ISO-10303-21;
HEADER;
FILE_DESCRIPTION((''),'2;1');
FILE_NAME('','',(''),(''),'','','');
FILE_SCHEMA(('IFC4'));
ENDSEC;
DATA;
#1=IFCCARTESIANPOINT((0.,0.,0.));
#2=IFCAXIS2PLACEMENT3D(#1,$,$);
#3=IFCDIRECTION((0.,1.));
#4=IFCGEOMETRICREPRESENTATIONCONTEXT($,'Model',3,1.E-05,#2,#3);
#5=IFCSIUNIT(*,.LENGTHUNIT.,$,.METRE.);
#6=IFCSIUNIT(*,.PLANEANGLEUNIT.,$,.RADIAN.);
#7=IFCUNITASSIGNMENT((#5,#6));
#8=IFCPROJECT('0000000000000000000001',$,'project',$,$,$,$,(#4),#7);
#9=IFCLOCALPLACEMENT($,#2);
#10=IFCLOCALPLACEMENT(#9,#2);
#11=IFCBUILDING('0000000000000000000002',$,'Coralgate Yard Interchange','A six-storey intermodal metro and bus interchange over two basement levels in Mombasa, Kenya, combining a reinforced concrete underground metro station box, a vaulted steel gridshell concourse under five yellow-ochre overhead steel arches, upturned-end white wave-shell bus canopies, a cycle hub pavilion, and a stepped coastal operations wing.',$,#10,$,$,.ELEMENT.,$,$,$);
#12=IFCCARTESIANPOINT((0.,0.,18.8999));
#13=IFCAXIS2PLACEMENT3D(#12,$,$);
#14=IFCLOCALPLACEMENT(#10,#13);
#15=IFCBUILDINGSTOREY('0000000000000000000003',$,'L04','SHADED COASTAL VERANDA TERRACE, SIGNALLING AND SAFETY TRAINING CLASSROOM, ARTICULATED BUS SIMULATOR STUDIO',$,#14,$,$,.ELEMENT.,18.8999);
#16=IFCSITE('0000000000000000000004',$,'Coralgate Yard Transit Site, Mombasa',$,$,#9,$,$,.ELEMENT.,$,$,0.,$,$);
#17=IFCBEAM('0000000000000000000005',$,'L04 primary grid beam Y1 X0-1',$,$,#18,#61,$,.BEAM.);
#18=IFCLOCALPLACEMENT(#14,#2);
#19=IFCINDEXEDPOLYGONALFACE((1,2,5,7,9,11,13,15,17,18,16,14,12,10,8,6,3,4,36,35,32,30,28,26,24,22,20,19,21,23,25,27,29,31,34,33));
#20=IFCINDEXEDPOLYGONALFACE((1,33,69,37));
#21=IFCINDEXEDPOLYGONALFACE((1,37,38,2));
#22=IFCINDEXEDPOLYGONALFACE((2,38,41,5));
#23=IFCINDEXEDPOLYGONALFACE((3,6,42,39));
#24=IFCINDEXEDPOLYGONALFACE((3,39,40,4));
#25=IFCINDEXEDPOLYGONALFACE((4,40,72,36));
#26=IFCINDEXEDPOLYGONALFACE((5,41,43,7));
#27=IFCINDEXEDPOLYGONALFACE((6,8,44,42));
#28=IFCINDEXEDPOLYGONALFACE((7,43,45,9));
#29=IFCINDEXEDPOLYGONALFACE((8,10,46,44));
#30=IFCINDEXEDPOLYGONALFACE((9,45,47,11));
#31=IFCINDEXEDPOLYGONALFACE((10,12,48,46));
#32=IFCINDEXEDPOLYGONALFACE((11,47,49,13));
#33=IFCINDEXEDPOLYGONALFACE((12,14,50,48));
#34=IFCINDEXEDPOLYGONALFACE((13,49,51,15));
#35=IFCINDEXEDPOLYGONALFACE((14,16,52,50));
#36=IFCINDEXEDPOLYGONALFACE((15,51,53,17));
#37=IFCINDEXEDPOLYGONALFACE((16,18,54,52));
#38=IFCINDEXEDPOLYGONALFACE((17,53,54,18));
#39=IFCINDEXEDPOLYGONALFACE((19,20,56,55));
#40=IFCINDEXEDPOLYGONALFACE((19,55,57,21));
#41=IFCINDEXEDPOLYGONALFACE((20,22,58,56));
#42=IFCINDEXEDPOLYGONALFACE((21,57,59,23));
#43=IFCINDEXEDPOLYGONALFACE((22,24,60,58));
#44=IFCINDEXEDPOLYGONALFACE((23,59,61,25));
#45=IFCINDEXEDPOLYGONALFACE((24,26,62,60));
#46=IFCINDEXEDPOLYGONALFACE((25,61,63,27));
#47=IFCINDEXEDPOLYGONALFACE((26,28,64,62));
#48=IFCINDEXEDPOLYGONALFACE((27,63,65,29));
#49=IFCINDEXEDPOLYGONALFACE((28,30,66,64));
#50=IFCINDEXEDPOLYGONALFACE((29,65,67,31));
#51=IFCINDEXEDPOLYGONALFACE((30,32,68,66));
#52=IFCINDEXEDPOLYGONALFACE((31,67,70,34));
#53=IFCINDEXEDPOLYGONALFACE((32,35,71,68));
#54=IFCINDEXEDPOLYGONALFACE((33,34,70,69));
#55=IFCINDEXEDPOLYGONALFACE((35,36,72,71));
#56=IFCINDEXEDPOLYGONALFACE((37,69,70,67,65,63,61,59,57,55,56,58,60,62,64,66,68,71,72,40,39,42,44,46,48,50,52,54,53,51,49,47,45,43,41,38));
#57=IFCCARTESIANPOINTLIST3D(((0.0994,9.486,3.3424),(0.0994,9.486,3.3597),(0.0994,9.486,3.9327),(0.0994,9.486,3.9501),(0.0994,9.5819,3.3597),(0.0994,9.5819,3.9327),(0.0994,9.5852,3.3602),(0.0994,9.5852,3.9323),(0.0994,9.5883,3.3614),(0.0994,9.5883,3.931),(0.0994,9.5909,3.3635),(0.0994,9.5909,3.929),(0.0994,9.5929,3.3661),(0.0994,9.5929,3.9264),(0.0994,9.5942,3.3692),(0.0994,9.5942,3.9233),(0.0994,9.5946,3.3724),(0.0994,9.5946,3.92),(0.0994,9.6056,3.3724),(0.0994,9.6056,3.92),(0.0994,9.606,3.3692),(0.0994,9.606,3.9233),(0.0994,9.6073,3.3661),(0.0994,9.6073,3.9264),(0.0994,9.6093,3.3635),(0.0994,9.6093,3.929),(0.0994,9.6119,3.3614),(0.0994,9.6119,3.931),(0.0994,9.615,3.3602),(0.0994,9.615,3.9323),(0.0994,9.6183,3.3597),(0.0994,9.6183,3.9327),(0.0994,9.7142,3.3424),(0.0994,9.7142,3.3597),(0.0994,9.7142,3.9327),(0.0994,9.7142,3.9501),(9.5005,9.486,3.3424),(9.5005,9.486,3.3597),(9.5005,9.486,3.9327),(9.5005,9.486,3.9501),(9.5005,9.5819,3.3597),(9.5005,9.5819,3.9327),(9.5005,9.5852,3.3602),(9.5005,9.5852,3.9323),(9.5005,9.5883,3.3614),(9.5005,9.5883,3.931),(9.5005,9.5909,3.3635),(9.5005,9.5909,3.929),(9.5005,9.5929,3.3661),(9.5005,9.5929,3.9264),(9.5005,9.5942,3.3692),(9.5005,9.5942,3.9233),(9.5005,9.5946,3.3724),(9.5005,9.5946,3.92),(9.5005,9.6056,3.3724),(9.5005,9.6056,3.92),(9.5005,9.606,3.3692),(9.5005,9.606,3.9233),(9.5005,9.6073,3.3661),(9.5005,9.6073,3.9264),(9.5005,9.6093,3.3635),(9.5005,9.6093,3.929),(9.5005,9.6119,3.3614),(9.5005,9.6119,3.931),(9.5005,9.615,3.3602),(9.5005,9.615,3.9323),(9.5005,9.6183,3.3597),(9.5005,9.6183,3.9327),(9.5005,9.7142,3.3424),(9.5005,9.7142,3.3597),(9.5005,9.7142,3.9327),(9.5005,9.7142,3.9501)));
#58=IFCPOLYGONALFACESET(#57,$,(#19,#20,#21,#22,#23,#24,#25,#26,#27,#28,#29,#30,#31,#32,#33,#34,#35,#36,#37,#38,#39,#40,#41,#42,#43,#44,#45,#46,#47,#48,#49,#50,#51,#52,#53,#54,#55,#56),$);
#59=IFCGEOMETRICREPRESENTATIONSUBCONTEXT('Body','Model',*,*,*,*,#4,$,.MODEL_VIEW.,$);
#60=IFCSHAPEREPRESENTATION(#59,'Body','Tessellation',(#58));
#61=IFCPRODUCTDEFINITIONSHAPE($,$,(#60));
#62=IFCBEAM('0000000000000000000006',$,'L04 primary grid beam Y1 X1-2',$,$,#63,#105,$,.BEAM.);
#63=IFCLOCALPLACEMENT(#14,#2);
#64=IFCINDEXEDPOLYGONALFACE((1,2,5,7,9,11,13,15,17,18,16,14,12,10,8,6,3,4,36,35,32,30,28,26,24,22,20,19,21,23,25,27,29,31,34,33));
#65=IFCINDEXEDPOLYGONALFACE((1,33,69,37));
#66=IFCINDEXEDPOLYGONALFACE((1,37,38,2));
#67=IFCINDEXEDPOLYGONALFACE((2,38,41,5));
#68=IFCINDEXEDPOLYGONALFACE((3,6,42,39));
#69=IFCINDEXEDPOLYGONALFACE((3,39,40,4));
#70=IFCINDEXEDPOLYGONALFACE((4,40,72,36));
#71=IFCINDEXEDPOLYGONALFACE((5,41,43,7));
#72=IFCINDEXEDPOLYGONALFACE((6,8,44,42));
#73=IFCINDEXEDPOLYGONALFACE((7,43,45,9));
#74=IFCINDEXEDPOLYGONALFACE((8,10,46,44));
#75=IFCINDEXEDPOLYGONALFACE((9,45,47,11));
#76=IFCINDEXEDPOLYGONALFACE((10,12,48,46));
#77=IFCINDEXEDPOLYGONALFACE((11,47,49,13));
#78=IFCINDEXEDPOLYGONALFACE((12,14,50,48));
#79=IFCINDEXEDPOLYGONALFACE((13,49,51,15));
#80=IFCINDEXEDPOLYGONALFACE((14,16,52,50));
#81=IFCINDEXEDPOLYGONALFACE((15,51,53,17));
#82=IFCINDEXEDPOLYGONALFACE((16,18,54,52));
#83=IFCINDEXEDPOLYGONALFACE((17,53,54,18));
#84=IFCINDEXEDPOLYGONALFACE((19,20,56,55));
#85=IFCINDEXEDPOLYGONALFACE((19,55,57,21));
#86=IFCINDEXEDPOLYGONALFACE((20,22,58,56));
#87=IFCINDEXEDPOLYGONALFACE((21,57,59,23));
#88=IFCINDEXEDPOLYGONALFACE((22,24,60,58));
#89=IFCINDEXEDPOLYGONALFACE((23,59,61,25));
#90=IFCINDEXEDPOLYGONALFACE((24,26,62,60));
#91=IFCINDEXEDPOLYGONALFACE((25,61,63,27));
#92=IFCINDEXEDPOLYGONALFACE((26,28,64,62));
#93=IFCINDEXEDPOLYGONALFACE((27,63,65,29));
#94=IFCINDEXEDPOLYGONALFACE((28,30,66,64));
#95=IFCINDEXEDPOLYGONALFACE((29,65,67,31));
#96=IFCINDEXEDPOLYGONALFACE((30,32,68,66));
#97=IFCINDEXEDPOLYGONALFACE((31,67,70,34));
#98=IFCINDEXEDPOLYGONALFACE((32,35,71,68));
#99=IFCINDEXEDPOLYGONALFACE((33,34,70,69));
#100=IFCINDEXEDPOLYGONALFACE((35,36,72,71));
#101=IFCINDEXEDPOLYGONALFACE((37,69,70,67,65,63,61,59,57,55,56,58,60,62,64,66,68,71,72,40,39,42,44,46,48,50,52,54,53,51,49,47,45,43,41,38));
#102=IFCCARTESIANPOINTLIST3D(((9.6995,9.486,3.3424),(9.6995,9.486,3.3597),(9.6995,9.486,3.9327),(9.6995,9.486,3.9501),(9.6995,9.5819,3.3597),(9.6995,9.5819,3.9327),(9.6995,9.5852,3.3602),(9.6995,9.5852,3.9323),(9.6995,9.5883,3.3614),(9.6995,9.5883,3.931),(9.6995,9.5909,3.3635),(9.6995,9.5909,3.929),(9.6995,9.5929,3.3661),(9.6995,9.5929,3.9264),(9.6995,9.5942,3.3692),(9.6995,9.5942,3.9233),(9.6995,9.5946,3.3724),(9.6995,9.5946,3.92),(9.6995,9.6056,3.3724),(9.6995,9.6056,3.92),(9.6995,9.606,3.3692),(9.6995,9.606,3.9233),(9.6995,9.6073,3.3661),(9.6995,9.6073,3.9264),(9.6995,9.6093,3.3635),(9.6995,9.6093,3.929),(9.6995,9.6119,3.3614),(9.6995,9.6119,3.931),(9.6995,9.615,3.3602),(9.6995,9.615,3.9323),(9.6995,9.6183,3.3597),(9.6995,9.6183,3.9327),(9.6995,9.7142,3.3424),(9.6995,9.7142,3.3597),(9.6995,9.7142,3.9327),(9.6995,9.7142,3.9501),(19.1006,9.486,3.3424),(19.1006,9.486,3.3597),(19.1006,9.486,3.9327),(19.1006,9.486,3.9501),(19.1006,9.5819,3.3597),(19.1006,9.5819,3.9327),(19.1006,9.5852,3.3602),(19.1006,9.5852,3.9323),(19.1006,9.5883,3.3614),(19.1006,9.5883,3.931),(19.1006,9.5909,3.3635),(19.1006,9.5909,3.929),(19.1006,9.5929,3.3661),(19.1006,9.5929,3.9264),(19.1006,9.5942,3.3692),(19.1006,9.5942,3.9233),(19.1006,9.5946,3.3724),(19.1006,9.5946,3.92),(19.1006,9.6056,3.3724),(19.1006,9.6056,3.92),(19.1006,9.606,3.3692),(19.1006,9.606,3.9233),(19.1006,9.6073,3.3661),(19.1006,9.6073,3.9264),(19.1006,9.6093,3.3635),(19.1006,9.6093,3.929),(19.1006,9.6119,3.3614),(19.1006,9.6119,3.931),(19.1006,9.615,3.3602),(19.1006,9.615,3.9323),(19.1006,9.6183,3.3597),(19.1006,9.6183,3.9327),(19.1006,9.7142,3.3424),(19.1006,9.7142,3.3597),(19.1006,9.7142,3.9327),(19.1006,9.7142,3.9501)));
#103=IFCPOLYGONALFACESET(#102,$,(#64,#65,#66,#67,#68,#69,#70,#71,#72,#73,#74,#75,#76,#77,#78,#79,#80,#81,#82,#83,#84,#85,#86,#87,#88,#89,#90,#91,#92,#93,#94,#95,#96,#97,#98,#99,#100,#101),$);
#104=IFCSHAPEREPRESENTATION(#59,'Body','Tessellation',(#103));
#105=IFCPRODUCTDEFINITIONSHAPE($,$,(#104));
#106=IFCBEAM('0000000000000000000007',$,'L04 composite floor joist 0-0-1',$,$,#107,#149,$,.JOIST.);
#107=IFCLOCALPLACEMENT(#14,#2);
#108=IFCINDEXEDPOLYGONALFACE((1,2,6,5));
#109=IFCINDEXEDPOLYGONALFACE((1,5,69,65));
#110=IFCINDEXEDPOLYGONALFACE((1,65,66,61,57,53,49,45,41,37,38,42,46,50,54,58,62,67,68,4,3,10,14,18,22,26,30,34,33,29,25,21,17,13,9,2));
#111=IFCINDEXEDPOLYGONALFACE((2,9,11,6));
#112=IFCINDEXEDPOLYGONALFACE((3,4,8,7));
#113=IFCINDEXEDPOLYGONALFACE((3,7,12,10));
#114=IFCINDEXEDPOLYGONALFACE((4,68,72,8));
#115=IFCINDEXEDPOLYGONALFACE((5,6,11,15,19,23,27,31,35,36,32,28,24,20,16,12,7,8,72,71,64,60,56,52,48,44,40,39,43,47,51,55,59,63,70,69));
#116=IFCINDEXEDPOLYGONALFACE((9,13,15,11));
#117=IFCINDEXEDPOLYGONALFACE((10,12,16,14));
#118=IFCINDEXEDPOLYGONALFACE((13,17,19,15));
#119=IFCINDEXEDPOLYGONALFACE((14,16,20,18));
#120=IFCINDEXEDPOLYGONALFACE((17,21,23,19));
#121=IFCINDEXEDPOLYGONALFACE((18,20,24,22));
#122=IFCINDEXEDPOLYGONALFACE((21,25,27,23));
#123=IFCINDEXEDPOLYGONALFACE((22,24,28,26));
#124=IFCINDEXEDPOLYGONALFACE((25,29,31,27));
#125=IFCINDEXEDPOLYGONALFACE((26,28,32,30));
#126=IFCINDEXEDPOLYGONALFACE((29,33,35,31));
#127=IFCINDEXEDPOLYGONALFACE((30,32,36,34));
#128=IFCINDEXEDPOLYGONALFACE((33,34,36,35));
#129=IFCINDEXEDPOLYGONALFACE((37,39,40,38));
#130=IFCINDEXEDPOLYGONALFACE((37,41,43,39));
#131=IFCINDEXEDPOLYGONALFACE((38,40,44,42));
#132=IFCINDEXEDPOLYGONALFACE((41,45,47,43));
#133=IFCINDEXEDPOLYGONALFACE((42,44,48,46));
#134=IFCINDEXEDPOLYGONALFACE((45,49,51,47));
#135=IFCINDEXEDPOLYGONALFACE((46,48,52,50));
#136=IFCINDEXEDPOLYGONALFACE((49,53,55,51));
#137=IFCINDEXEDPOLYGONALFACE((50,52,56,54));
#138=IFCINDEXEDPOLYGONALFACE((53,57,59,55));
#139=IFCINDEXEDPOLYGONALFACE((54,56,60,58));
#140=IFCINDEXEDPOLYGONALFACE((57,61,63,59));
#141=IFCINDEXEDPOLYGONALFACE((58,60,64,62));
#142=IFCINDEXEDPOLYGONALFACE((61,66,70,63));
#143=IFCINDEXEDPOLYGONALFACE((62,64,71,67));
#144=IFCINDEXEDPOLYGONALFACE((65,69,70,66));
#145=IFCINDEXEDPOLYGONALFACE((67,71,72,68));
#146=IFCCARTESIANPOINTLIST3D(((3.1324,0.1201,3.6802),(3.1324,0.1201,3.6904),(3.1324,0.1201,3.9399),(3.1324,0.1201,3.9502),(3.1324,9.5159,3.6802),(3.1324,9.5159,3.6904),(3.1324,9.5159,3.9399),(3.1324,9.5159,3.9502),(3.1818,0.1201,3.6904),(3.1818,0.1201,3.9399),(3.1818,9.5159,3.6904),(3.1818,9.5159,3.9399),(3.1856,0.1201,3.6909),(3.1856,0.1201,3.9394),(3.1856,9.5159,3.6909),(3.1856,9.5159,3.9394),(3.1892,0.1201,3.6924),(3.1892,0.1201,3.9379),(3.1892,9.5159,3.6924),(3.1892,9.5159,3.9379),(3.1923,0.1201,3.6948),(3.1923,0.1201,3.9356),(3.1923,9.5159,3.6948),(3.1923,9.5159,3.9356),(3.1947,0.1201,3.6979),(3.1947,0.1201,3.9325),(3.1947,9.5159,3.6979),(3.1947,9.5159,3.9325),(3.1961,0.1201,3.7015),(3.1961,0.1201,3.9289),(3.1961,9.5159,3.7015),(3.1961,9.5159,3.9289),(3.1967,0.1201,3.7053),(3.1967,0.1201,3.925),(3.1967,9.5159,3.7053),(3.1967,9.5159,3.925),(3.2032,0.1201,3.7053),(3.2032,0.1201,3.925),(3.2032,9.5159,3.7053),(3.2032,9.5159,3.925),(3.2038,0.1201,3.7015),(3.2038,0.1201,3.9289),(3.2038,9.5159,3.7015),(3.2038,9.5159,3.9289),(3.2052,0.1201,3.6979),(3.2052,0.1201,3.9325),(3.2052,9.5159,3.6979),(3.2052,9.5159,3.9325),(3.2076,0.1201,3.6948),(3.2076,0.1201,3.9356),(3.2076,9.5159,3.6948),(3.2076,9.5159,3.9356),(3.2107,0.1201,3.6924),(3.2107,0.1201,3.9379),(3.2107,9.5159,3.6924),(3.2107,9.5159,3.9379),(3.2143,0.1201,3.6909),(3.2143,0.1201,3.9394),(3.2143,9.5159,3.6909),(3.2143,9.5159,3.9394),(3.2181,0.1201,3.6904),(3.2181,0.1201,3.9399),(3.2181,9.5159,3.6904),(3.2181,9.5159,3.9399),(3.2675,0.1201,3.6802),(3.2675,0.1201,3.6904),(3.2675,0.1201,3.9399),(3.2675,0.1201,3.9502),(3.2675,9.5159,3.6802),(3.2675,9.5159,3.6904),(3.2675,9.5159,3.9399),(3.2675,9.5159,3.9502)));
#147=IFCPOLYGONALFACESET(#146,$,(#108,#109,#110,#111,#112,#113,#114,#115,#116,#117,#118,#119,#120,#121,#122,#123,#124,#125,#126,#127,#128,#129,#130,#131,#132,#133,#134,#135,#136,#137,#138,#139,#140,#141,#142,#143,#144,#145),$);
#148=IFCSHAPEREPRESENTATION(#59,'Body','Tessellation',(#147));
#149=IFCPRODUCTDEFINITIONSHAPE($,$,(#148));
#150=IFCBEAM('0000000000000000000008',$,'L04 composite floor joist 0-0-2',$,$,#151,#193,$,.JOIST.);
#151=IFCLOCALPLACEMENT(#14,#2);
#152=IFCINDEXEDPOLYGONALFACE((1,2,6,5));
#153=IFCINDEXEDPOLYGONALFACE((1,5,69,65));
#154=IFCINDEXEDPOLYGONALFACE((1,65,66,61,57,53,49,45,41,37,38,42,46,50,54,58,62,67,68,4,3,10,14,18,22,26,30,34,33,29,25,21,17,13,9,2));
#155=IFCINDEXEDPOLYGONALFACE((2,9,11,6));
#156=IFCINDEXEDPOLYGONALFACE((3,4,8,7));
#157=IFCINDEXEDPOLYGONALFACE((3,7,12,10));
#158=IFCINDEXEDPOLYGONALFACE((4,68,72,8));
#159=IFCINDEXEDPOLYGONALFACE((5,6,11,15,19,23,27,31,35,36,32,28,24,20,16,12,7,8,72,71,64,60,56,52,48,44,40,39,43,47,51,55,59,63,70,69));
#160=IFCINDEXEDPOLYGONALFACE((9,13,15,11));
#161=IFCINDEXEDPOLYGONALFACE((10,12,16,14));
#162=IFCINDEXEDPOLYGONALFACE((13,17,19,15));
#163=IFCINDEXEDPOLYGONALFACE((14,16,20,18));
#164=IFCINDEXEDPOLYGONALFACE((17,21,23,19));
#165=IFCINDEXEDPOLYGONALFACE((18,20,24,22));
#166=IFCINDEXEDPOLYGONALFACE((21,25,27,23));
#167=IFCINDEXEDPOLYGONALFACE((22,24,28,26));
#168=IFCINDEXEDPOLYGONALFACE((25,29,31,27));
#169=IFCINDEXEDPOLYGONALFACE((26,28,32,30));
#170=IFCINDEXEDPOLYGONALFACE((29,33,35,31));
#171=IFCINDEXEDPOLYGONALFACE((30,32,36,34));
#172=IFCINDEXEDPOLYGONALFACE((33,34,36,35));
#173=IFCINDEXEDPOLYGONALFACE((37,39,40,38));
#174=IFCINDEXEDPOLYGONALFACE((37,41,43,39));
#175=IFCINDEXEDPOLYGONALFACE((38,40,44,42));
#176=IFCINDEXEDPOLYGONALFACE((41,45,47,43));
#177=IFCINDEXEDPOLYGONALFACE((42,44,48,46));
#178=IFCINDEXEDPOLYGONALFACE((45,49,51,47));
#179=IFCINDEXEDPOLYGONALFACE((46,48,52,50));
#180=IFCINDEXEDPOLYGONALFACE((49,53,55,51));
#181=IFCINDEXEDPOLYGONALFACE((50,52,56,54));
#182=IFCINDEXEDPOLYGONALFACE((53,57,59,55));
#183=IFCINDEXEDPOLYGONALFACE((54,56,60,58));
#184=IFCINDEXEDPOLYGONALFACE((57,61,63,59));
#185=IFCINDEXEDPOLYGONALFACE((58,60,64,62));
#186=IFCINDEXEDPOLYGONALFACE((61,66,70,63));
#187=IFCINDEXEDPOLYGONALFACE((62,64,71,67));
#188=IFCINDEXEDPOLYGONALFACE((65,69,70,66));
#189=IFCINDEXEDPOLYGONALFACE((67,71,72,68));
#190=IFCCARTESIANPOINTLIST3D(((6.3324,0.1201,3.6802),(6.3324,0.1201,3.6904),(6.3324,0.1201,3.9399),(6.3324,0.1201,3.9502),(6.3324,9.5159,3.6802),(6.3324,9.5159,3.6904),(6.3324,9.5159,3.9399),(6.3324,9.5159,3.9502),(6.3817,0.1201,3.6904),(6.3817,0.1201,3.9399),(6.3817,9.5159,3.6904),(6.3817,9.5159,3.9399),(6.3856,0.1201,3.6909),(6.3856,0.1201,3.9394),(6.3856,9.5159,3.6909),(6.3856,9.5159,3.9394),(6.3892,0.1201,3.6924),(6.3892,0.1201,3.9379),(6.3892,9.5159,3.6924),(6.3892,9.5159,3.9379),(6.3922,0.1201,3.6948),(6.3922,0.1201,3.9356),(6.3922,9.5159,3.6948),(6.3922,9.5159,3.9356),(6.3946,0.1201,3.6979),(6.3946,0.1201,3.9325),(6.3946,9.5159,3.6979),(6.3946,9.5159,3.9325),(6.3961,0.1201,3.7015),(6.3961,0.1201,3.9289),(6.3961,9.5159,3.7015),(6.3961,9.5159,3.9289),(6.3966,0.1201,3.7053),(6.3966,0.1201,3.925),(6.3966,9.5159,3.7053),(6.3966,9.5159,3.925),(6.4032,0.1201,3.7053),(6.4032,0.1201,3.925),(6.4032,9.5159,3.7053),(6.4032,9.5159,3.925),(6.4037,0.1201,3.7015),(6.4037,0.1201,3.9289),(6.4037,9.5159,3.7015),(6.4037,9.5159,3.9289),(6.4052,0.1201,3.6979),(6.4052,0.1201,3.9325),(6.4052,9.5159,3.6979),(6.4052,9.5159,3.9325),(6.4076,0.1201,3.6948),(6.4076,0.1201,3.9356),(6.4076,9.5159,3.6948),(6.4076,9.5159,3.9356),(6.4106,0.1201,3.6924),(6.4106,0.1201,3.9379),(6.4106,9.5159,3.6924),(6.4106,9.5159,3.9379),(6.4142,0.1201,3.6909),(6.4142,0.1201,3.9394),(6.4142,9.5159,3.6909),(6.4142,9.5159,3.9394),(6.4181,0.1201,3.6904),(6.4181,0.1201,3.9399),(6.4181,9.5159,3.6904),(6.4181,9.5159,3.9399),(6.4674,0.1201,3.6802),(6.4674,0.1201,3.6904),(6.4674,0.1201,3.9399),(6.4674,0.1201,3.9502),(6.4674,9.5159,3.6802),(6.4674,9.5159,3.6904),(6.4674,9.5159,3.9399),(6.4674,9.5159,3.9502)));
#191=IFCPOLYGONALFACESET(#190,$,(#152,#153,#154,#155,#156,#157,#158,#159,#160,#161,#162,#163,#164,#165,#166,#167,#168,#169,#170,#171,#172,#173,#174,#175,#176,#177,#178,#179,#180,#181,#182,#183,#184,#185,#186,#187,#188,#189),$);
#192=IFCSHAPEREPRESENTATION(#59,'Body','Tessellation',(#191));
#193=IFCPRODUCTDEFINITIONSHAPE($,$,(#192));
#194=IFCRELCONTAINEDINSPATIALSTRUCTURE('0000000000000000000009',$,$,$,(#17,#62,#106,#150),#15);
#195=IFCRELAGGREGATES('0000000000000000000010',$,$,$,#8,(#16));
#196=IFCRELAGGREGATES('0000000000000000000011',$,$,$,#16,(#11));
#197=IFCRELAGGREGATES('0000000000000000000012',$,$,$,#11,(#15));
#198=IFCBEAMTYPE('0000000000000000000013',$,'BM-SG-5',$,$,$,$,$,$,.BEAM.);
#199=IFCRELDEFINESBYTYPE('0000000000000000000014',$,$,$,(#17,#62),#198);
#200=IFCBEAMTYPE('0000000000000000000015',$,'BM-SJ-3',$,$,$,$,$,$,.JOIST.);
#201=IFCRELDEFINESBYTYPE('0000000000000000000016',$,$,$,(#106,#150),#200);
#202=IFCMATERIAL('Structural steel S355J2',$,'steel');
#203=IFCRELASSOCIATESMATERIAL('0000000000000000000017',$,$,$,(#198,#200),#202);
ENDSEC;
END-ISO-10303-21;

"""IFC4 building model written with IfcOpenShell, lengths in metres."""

from ifc_helpers import new_model, si_unit, direction, frame, origin, origin_2d, place, context, subcontext, project, spatial, i_section, extrude, material, material_profile, profile_set, type_object, element, save


model = new_model("IFC4")

# Units and contexts
model_context = context("Model", 3, precision=1e-05, world=origin(), true_north=direction((0.0, 1.0)))
body_context = subcontext(model_context, "Body", "Model", "MODEL_VIEW")
ifc_project = project(units=[si_unit("LENGTHUNIT", "METRE"), si_unit("PLANEANGLEUNIT", "RADIAN")], contexts=[model_context])

# Site, building, storey
site_placement = place(None, origin())
site = spatial("IfcSite", under=ifc_project, at=site_placement, Name="Coralgate Yard Transit Site, Mombasa", CompositionType="ELEMENT", RefElevation=0.0)
building_placement = place(site_placement, origin())
building = spatial("IfcBuilding", under=site, at=building_placement, Name="Coralgate Yard Interchange", Description="A six-storey intermodal metro and bus interchange over two basement levels in Mombasa, Kenya, combining a reinforced concrete underground metro station box, a vaulted steel gridshell concourse under five yellow-ochre overhead steel arches, upturned-end white wave-shell bus canopies, a cycle hub pavilion, and a stepped coastal operations wing.", CompositionType="ELEMENT")
storey_placement = place(building_placement, frame((0.0, 0.0, 18.8999)))
storey = spatial("IfcBuildingStorey", under=building, at=storey_placement, Name="L04", Description="SHADED COASTAL VERANDA TERRACE, SIGNALLING AND SAFETY TRAINING CLASSROOM, ARTICULATED BUS SIMULATOR STUDIO", CompositionType="ELEMENT", Elevation=18.8999)

# Shared definitions
ifc_material_1 = material(Name="Structural steel S355J2", Category="steel")

# Beams
ifc_material_profile_1 = material_profile(ifc_material_1, i_section(OverallWidth=0.2283, OverallDepth=0.6077, WebThickness=0.011, FlangeThickness=0.0173, FilletRadius=0.0127, at=origin_2d()), Name="UB 610x229x113")
ifc_profile_set_1 = profile_set([ifc_material_profile_1], Name="Structural steel S355J2")
beam_type_1 = type_object("IfcBeamType", Name="BM-SG-5", PredefinedType="BEAM", material=ifc_profile_set_1)
for number, where, z_axis, x_axis, name in (
    (1, (0.0994, 9.6001, 3.6462), (1.0, 0.0, 0.0), (0.0, 1.0, 0.0), "L04 primary grid beam Y1 X0-1"),
    (2, (9.6995, 9.6001, 3.6462), (1.0, 0.0, 0.0), (0.0, 1.0, 0.0), "L04 primary grid beam Y1 X1-2"),
):
    element("IfcBeam", number, at=place(storey_placement, frame(where, z_axis=z_axis, x_axis=x_axis)), inside=storey, type_object=beam_type_1, Name=name, PredefinedType="BEAM", context=body_context, shape_type="SweptSolid", body=[
        extrude(i_section(OverallWidth=0.2283, OverallDepth=0.6077, WebThickness=0.011, FlangeThickness=0.0173, FilletRadius=0.0127, at=origin_2d()), origin(), (0.0, 0.0, 1.0), 9.4011),
    ])
ifc_material_profile_2 = material_profile(ifc_material_1, i_section(OverallWidth=0.135, OverallDepth=0.27, WebThickness=0.0066, FlangeThickness=0.0103, FilletRadius=0.0149, at=origin_2d()), Name="IPE 270")
ifc_profile_set_2 = profile_set([ifc_material_profile_2], Name="Structural steel S355J2")
beam_type_2 = type_object("IfcBeamType", Name="BM-SJ-3", PredefinedType="JOIST", material=ifc_profile_set_2)
for number, where, z_axis, x_axis, name in (
    (3, (3.2, 0.1201, 3.8152), (0.0, 1.0, 0.0), (-1.0, 0.0, 0.0), "L04 composite floor joist 0-0-1"),
    (4, (6.3999, 0.1201, 3.8152), (0.0, 1.0, 0.0), (-1.0, 0.0, 0.0), "L04 composite floor joist 0-0-2"),
):
    element("IfcBeam", number, at=place(storey_placement, frame(where, z_axis=z_axis, x_axis=x_axis)), inside=storey, type_object=beam_type_2, Name=name, PredefinedType="JOIST", context=body_context, shape_type="SweptSolid", body=[
        extrude(i_section(OverallWidth=0.135, OverallDepth=0.27, WebThickness=0.0066, FlangeThickness=0.0103, FilletRadius=0.0149, at=origin_2d()), origin(), (0.0, 0.0, 1.0), 9.3958),
    ])

save(model, "model.ifc")
